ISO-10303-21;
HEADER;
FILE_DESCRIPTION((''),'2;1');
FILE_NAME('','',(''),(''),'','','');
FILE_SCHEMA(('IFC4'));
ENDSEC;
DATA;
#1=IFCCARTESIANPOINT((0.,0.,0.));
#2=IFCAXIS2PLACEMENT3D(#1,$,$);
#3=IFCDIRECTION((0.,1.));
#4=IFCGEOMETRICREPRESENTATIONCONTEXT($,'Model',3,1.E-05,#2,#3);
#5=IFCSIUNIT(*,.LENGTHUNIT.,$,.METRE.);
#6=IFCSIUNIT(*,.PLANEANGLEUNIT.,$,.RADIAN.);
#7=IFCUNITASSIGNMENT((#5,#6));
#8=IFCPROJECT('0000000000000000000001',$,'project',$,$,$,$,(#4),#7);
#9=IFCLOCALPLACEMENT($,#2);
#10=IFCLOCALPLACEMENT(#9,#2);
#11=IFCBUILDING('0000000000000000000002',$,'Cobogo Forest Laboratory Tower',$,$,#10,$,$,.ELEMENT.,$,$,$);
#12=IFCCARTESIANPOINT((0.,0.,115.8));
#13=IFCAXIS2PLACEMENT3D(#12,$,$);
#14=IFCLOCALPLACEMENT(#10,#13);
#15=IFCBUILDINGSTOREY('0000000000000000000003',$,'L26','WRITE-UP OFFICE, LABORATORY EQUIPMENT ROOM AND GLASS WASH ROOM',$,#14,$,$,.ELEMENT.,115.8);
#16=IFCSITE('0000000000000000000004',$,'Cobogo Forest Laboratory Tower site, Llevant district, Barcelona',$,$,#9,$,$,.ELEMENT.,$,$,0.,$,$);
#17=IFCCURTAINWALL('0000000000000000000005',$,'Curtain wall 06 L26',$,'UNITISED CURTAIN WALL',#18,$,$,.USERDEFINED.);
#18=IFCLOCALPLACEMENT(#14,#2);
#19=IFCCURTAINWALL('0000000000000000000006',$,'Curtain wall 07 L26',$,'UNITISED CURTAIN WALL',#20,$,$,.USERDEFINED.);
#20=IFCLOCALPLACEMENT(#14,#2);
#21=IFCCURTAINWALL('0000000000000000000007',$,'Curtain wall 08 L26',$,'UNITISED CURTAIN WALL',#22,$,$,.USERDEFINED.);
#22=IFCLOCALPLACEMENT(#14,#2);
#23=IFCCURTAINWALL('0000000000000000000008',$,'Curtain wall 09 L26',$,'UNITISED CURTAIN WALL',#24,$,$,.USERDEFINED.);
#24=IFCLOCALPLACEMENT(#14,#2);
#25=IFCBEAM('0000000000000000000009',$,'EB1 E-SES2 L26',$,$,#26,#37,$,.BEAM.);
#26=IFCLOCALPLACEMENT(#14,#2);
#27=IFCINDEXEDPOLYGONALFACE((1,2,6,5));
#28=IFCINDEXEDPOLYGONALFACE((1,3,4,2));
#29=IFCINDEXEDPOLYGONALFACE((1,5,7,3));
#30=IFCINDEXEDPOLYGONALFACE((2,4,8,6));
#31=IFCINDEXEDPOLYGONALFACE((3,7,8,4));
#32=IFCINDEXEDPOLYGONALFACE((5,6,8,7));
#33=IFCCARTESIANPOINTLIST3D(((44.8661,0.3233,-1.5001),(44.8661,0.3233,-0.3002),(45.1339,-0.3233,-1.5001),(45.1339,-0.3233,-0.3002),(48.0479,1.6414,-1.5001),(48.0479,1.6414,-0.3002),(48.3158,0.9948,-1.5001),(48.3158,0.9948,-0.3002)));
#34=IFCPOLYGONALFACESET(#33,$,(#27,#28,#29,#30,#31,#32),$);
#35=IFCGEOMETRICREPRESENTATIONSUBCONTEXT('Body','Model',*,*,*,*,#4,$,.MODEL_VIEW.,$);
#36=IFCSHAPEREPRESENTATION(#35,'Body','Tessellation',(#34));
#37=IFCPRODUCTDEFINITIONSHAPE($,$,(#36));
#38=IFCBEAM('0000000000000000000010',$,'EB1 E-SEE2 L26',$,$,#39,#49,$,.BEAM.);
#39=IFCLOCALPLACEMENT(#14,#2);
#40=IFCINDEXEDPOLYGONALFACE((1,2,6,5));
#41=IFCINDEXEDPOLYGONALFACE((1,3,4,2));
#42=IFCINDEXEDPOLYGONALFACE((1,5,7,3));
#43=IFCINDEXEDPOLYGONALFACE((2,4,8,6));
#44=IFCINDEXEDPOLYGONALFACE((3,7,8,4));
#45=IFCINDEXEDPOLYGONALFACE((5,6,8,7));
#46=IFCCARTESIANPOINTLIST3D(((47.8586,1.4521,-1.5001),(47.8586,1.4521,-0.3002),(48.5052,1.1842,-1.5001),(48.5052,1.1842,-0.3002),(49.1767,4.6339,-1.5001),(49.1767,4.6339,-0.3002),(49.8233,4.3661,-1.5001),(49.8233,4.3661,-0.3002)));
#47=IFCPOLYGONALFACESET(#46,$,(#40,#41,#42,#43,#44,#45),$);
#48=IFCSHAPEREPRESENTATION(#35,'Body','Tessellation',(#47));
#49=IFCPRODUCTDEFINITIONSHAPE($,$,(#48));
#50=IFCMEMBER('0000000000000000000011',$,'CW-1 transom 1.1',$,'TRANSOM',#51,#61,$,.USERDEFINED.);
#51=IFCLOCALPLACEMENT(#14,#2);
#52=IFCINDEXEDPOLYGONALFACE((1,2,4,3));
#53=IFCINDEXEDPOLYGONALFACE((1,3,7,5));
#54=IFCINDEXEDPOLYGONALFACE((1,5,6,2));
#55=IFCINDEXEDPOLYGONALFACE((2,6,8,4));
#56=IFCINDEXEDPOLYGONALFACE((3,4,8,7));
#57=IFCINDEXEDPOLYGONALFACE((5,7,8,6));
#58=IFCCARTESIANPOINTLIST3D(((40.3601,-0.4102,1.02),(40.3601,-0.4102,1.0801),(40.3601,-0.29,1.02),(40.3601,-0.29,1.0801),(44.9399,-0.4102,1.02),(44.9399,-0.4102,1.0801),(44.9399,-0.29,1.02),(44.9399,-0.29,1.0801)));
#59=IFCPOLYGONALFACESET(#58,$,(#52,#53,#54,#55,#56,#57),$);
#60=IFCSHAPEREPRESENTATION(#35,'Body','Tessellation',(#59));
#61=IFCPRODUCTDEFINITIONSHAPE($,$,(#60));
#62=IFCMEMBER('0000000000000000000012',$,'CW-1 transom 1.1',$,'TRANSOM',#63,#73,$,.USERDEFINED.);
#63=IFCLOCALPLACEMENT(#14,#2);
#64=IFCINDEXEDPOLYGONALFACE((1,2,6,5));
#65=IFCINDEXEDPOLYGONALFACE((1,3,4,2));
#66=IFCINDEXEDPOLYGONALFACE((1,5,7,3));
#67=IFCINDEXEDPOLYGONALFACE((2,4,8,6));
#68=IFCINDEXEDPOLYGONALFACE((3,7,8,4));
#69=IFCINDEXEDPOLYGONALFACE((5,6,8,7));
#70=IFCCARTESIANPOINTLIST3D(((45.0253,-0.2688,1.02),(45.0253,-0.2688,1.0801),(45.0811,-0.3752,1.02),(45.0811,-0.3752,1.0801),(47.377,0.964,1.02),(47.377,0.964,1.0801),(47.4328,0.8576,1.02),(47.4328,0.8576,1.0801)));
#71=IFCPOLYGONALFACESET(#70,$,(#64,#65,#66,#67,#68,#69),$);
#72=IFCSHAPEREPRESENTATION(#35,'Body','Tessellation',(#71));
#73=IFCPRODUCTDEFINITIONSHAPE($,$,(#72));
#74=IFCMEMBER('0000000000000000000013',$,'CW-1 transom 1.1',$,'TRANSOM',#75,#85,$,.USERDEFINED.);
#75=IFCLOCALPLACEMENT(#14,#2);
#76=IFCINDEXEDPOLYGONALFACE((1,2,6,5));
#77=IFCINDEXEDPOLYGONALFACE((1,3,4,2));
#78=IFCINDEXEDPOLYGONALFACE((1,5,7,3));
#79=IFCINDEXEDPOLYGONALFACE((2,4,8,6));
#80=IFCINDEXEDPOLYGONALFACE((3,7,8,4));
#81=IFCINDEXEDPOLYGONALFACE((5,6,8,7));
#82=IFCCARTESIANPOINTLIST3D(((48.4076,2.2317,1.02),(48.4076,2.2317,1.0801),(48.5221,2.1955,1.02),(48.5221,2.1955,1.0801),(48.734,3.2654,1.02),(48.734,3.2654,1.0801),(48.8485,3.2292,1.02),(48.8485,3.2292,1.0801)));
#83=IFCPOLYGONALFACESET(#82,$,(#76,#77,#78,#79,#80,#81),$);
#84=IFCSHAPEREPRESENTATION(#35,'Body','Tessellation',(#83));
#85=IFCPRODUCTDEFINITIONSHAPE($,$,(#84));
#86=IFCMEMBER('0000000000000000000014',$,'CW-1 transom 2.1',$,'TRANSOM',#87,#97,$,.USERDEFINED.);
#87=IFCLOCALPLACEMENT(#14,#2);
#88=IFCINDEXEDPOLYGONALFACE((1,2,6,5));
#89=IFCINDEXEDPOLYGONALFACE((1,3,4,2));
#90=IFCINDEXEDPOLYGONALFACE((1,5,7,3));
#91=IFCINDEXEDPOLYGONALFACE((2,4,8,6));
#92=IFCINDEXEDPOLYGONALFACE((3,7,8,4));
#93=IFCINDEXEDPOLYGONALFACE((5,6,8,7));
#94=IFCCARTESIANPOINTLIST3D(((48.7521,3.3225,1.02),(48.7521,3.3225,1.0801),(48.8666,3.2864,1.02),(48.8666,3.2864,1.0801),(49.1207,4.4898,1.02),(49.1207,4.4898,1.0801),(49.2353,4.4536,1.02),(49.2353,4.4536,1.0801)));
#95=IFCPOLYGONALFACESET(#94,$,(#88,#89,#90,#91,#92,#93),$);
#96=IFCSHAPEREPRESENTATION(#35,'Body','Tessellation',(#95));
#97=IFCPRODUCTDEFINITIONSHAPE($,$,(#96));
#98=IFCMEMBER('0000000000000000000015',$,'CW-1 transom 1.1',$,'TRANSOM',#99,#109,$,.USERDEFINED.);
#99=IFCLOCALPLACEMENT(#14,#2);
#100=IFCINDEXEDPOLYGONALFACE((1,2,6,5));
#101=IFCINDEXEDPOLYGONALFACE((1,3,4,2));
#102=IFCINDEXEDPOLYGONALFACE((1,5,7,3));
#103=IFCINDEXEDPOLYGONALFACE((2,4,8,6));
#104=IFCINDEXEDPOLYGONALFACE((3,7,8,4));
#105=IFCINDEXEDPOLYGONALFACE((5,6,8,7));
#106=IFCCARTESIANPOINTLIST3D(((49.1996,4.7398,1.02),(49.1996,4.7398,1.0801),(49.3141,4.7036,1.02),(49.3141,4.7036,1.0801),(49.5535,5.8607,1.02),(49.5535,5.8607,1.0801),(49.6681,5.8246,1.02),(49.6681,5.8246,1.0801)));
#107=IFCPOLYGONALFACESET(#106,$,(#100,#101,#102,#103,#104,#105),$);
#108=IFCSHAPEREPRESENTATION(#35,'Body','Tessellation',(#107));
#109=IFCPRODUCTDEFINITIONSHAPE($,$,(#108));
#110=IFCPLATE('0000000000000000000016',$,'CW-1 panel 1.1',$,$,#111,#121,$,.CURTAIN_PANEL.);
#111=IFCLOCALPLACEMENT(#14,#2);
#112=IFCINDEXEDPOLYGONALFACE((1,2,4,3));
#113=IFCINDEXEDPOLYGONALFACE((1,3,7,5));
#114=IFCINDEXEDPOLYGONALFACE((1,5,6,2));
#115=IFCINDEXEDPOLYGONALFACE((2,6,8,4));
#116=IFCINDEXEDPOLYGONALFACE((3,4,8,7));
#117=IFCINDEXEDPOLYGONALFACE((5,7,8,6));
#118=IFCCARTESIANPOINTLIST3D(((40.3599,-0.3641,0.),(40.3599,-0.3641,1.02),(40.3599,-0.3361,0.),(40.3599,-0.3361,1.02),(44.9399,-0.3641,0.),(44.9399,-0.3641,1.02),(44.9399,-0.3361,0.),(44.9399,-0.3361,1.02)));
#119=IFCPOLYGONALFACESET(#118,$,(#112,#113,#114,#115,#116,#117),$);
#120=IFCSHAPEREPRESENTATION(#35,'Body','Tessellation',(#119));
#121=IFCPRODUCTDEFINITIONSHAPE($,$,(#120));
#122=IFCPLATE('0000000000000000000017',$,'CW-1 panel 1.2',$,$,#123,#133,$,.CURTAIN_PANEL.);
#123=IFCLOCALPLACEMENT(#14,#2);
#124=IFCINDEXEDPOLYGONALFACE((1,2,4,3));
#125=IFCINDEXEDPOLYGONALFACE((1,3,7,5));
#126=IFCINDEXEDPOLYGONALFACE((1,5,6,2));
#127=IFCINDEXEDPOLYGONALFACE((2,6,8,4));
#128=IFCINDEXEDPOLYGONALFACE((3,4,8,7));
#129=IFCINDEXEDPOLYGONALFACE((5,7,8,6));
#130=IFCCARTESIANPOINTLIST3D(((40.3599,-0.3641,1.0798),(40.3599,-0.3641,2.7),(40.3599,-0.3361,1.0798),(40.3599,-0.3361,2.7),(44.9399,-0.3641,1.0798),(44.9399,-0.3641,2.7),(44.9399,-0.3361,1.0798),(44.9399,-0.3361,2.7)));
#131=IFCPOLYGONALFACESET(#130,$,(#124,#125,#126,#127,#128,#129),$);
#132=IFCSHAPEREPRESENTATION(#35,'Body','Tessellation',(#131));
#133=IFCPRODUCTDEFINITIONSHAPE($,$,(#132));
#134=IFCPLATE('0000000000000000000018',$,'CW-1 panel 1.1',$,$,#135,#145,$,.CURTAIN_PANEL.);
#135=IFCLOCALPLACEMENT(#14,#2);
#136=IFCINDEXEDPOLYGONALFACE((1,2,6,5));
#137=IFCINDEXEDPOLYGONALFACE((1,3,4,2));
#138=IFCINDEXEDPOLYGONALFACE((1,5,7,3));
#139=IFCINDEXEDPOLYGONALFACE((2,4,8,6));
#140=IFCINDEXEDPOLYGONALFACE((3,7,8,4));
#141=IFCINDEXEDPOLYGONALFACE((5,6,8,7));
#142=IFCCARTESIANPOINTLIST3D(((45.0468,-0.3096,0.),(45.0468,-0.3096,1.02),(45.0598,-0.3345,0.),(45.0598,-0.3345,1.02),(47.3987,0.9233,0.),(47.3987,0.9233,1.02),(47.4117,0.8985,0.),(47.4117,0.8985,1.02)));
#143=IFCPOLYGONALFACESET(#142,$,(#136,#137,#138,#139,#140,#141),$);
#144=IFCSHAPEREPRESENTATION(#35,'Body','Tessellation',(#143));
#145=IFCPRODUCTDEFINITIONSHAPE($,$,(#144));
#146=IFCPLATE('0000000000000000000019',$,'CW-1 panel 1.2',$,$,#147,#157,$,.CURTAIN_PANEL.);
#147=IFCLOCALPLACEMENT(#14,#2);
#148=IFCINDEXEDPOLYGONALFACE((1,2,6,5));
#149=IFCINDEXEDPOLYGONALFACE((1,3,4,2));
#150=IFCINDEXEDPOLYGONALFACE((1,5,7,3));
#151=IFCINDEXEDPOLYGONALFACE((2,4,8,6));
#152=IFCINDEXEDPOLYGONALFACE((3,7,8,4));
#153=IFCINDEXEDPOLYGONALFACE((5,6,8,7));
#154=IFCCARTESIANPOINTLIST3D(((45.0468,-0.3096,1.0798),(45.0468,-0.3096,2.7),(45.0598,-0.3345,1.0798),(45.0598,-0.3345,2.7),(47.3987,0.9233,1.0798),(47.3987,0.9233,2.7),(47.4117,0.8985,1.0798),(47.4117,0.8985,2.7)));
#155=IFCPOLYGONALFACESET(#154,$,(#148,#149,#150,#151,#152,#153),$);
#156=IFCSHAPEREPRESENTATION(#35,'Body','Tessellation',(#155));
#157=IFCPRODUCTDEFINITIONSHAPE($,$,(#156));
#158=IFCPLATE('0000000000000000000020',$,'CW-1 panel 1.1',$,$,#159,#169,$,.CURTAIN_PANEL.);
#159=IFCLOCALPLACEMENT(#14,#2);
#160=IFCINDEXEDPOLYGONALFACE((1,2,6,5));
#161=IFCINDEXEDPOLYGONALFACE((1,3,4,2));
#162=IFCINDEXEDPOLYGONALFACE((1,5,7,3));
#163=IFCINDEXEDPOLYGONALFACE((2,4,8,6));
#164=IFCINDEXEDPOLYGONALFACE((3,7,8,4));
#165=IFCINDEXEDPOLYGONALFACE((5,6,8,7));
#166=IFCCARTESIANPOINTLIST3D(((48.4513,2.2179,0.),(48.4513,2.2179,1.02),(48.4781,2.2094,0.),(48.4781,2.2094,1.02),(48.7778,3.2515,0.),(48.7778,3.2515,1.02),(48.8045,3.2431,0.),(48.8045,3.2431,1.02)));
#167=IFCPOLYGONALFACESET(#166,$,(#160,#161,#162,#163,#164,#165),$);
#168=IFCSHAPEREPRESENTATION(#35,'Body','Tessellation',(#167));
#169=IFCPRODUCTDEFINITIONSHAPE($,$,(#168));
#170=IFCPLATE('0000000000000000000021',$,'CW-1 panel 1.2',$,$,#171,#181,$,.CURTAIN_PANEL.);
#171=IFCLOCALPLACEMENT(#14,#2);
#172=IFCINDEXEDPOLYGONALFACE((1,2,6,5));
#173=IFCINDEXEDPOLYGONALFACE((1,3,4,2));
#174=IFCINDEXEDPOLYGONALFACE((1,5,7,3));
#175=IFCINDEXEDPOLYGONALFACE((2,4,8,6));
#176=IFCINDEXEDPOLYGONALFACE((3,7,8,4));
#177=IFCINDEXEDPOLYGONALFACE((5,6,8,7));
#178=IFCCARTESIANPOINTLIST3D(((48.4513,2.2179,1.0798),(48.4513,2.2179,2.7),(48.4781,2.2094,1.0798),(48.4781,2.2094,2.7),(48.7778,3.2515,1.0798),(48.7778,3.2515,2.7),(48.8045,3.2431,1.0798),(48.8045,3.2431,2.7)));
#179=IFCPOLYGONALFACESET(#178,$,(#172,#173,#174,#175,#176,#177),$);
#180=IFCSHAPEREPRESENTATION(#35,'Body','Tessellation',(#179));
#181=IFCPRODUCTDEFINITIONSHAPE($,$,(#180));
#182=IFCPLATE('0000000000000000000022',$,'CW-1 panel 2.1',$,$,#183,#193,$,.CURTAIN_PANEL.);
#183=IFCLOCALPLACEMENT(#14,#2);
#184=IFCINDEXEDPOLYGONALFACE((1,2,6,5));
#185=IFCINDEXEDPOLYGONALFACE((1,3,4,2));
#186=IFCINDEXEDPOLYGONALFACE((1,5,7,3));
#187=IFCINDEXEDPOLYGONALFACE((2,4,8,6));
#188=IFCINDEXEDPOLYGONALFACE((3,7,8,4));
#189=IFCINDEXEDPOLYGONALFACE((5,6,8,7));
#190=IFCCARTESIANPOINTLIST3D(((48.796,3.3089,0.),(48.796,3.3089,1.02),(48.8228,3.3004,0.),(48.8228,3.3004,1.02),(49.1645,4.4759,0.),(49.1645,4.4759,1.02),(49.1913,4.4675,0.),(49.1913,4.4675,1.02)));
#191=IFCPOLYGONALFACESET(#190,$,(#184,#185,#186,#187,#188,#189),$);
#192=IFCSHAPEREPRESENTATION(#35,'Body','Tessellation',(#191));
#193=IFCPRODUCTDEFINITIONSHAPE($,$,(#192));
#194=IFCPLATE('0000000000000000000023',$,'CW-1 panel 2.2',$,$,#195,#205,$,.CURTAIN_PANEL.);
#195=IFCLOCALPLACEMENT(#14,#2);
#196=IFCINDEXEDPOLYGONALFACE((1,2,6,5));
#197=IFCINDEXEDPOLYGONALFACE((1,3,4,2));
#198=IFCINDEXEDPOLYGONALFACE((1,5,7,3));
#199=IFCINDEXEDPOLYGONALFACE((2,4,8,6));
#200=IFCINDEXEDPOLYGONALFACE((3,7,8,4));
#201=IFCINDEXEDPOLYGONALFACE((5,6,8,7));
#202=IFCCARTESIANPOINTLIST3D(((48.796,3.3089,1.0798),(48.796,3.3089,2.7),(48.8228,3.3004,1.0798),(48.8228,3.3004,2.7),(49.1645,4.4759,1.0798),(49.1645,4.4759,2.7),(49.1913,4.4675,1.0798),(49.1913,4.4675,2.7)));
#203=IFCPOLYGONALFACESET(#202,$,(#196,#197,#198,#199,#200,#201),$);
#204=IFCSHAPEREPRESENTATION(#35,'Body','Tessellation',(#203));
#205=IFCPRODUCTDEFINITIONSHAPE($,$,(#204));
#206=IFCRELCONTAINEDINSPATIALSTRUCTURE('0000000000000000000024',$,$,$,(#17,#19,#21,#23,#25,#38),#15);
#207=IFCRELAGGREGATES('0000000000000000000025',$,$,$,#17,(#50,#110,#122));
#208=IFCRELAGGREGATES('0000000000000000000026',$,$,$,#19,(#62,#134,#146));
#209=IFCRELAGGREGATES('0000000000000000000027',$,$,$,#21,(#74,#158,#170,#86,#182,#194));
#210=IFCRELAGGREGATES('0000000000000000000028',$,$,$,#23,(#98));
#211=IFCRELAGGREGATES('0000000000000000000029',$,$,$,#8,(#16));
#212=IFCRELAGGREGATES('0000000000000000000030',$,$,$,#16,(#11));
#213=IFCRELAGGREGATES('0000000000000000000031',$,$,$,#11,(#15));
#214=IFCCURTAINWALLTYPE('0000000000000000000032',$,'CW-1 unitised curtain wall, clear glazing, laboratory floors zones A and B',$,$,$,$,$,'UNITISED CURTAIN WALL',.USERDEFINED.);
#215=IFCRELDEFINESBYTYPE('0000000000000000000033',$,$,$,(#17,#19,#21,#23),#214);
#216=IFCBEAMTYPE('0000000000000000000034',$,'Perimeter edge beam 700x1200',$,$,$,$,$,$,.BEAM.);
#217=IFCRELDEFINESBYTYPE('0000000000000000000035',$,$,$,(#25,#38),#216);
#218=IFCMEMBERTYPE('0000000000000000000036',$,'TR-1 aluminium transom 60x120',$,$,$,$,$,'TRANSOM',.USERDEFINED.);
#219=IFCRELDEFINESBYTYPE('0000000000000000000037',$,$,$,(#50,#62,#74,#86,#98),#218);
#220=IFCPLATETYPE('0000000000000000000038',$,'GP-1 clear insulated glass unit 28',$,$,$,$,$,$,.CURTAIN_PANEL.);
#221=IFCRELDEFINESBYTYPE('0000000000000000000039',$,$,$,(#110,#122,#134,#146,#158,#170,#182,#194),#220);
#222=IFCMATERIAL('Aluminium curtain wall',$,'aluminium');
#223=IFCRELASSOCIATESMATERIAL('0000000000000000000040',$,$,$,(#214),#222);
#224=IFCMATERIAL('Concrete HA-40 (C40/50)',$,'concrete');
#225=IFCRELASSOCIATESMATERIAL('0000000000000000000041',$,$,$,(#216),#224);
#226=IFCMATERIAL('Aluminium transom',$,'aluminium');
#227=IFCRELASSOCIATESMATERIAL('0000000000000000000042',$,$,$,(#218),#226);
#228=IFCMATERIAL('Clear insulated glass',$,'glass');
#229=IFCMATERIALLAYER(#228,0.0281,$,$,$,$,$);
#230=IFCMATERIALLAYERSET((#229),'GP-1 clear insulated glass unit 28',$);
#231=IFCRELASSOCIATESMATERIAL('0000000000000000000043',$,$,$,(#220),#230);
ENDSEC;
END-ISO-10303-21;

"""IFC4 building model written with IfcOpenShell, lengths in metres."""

from ifc_helpers import new_model, si_unit, direction, frame, origin, origin_2d, place, context, subcontext, project, spatial, rectangle, extrude, material, layer, layer_set, material_profile, profile_set, type_object, element, aggregate, save


model = new_model("IFC4")

# Units and contexts
model_context = context("Model", 3, precision=1e-05, world=origin(), true_north=direction((0.0, 1.0)))
body_context = subcontext(model_context, "Body", "Model", "MODEL_VIEW")
ifc_project = project(units=[si_unit("LENGTHUNIT", "METRE"), si_unit("PLANEANGLEUNIT", "RADIAN")], contexts=[model_context])

# Site, building, storey
site_placement = place(None, origin())
site = spatial("IfcSite", under=ifc_project, at=site_placement, Name="Cobogo Forest Laboratory Tower site, Llevant district, Barcelona", CompositionType="ELEMENT", RefElevation=0.0)
building_placement = place(site_placement, origin())
building = spatial("IfcBuilding", under=site, at=building_placement, Name="Cobogo Forest Laboratory Tower", CompositionType="ELEMENT")
storey_placement = place(building_placement, frame((0.0, 0.0, 115.8)))
storey = spatial("IfcBuildingStorey", under=building, at=storey_placement, Name="L26", Description="WRITE-UP OFFICE, LABORATORY EQUIPMENT ROOM AND GLASS WASH ROOM", CompositionType="ELEMENT", Elevation=115.8)

# Shared definitions
ifc_material_1 = material(Name="Concrete HA-40 (C40/50)", Category="concrete")

# Curtain walls
ifc_material_2 = material(Name="Aluminium curtain wall", Category="aluminium")
curtain_wall_type = type_object("IfcCurtainWallType", Name="CW-1 unitised curtain wall, clear glazing, laboratory floors zones A and B", ElementType="UNITISED CURTAIN WALL", PredefinedType="USERDEFINED", material=ifc_material_2)
curtain_wall_1_placement = place(storey_placement, origin())
curtain_wall_1 = element("IfcCurtainWall", 1, at=curtain_wall_1_placement, inside=storey, type_object=curtain_wall_type, Name="Curtain wall 06 L26", ObjectType="UNITISED CURTAIN WALL", PredefinedType="USERDEFINED")
curtain_wall_2_placement = place(storey_placement, origin())
curtain_wall_2 = element("IfcCurtainWall", 2, at=curtain_wall_2_placement, inside=storey, type_object=curtain_wall_type, Name="Curtain wall 07 L26", ObjectType="UNITISED CURTAIN WALL", PredefinedType="USERDEFINED")
curtain_wall_3_placement = place(storey_placement, origin())
curtain_wall_3 = element("IfcCurtainWall", 3, at=curtain_wall_3_placement, inside=storey, type_object=curtain_wall_type, Name="Curtain wall 08 L26", ObjectType="UNITISED CURTAIN WALL", PredefinedType="USERDEFINED")
curtain_wall_4_placement = place(storey_placement, origin())
curtain_wall_4 = element("IfcCurtainWall", 4, at=curtain_wall_4_placement, inside=storey, type_object=curtain_wall_type, Name="Curtain wall 09 L26", ObjectType="UNITISED CURTAIN WALL", PredefinedType="USERDEFINED")

# Beams
ifc_material_profile_1 = material_profile(ifc_material_1, rectangle(XDim=0.7, YDim=1.2, at=origin_2d()), Name="RC 700x1200")
ifc_profile_set_1 = profile_set([ifc_material_profile_1], Name="Concrete HA-40 (C40/50)")
beam_type_1 = type_object("IfcBeamType", Name="Perimeter edge beam 700x1200", PredefinedType="BEAM", material=ifc_profile_set_1)
for number, where, z_axis, x_axis, name in (
    (5, (45.0, 0.0, -0.9001), (0.923866, 0.382717, 0.0), (-0.382717, 0.923866, 0.0), "EB1 E-SES2 L26"),
    (6, (49.5, 4.5, -0.9001), (-0.382717, -0.923866, 0.0), (0.923866, -0.382717, 0.0), "EB1 E-SEE2 L26"),
):
    element("IfcBeam", number, at=place(storey_placement, frame(where, z_axis=z_axis, x_axis=x_axis)), inside=storey, type_object=beam_type_1, Name=name, PredefinedType="BEAM", context=body_context, shape_type="SweptSolid", body=[
        extrude(rectangle(XDim=0.7, YDim=1.2, at=origin_2d()), origin(), (0.0, 0.0, 1.0), 3.4441),
    ])

# Members
ifc_material_3 = material(Name="Aluminium transom", Category="aluminium")
ifc_material_profile_2 = material_profile(ifc_material_3, rectangle(XDim=0.1201, YDim=0.0601, at=origin_2d()), Name="AL 60x120")
ifc_profile_set_2 = profile_set([ifc_material_profile_2], Name="Aluminium transom")
member_type_1 = type_object("IfcMemberType", Name="TR-1 aluminium transom 60x120", ElementType="TRANSOM", PredefinedType="USERDEFINED", material=ifc_profile_set_2)
member_1_placement = place(storey_placement, frame((40.3601, -0.3501, 1.05), z_axis=(1.0, 0.0, 0.0), x_axis=(0.0, 1.0, 0.0)))
member_1 = element("IfcMember", 7, at=member_1_placement, type_object=member_type_1, Name="CW-1 transom 1.1", ObjectType="TRANSOM", PredefinedType="USERDEFINED", context=body_context, shape_type="SweptSolid", body=[
    extrude(rectangle(XDim=0.1201, YDim=0.0601, at=origin_2d()), origin(), (0.0, 0.0, 1.0), 4.5798),
])
member_2_placement = place(storey_placement, frame((45.0532, -0.322, 1.05), z_axis=(0.885675, 0.464306, 0.0), x_axis=(-0.464306, 0.885675, 0.0)))
member_2 = element("IfcMember", 8, at=member_2_placement, type_object=member_type_1, Name="CW-1 transom 1.1", ObjectType="TRANSOM", PredefinedType="USERDEFINED", context=body_context, shape_type="SweptSolid", body=[
    extrude(rectangle(XDim=0.1201, YDim=0.0601, at=origin_2d()), origin(), (0.0, 0.0, 1.0), 2.6553),
])
member_3_placement = place(storey_placement, frame((48.4648, 2.2136, 1.05), z_axis=(0.301121, 0.953586, 0.0), x_axis=(-0.953586, 0.301121, 0.0)))
member_3 = element("IfcMember", 9, at=member_3_placement, type_object=member_type_1, Name="CW-1 transom 1.1", ObjectType="TRANSOM", PredefinedType="USERDEFINED", context=body_context, shape_type="SweptSolid", body=[
    extrude(rectangle(XDim=0.1201, YDim=0.0601, at=origin_2d()), origin(), (0.0, 0.0, 1.0), 1.084),
])
member_4_placement = place(storey_placement, frame((48.8093, 3.3044, 1.05), z_axis=(0.30117, 0.953571, 0.0), x_axis=(-0.953571, 0.30117, 0.0)))
member_4 = element("IfcMember", 10, at=member_4_placement, type_object=member_type_1, Name="CW-1 transom 2.1", ObjectType="TRANSOM", PredefinedType="USERDEFINED", context=body_context, shape_type="SweptSolid", body=[
    extrude(rectangle(XDim=0.1201, YDim=0.0601, at=origin_2d()), origin(), (0.0, 0.0, 1.0), 1.2241),
])
member_5_placement = place(storey_placement, frame((49.2568, 4.7217, 1.05), z_axis=(0.301111, 0.953589, 0.0), x_axis=(-0.953589, 0.301111, 0.0)))
member_5 = element("IfcMember", 11, at=member_5_placement, type_object=member_type_1, Name="CW-1 transom 1.1", ObjectType="TRANSOM", PredefinedType="USERDEFINED", context=body_context, shape_type="SweptSolid", body=[
    extrude(rectangle(XDim=0.1201, YDim=0.0601, at=origin_2d()), origin(), (0.0, 0.0, 1.0), 1.1755),
])

# Plates
ifc_material_4 = material(Name="Clear insulated glass", Category="glass")
ifc_layer = layer(ifc_material_4, 0.0281)
ifc_layer_set = layer_set([ifc_layer], Name="GP-1 clear insulated glass unit 28")
plate_type = type_object("IfcPlateType", Name="GP-1 clear insulated glass unit 28", PredefinedType="CURTAIN_PANEL", material=ifc_layer_set)
plate_1_placement = place(storey_placement, frame((42.6499, -0.3501, 0.0), z_axis=(0.0, 0.0, 1.0), x_axis=(1.0, 0.0, 0.0)))
plate_1 = element("IfcPlate", 12, at=plate_1_placement, type_object=plate_type, Name="CW-1 panel 1.1", PredefinedType="CURTAIN_PANEL", context=body_context, shape_type="SweptSolid", body=[
    extrude(rectangle(XDim=4.5801, YDim=0.0281, at=origin_2d()), origin(), (0.0, 0.0, 1.0), 1.02),
])
plate_2_placement = place(storey_placement, frame((42.6499, -0.3501, 1.0798), z_axis=(0.0, 0.0, 1.0), x_axis=(1.0, 0.0, 0.0)))
plate_2 = element("IfcPlate", 13, at=plate_2_placement, type_object=plate_type, Name="CW-1 panel 1.2", PredefinedType="CURTAIN_PANEL", context=body_context, shape_type="SweptSolid", body=[
    extrude(rectangle(XDim=4.5801, YDim=0.0281, at=origin_2d()), origin(), (0.0, 0.0, 1.0), 1.6201),
])
aggregate(curtain_wall_1, [member_1, plate_1, plate_2])
plate_3_placement = place(storey_placement, frame((46.2292, 0.2944, 0.0), z_axis=(0.0, 0.0, 1.0), x_axis=(0.885687, 0.464284, 0.0)))
plate_3 = element("IfcPlate", 14, at=plate_3_placement, type_object=plate_type, Name="CW-1 panel 1.1", PredefinedType="CURTAIN_PANEL", context=body_context, shape_type="SweptSolid", body=[
    extrude(rectangle(XDim=2.6555, YDim=0.0281, at=origin_2d()), origin(), (0.0, 0.0, 1.0), 1.02),
])
plate_4_placement = place(storey_placement, frame((46.2292, 0.2944, 1.0798), z_axis=(0.0, 0.0, 1.0), x_axis=(0.885687, 0.464284, 0.0)))
plate_4 = element("IfcPlate", 15, at=plate_4_placement, type_object=plate_type, Name="CW-1 panel 1.2", PredefinedType="CURTAIN_PANEL", context=body_context, shape_type="SweptSolid", body=[
    extrude(rectangle(XDim=2.6555, YDim=0.0281, at=origin_2d()), origin(), (0.0, 0.0, 1.0), 1.6201),
])
aggregate(curtain_wall_2, [member_2, plate_3, plate_4])
plate_5_placement = place(storey_placement, frame((48.6279, 2.7305, 0.0), z_axis=(0.0, 0.0, 1.0), x_axis=(0.301135, 0.953581, 0.0)))
plate_5 = element("IfcPlate", 16, at=plate_5_placement, type_object=plate_type, Name="CW-1 panel 1.1", PredefinedType="CURTAIN_PANEL", context=body_context, shape_type="SweptSolid", body=[
    extrude(rectangle(XDim=1.084, YDim=0.0281, at=origin_2d()), origin(), (0.0, 0.0, 1.0), 1.02),
])
plate_6_placement = place(storey_placement, frame((48.6279, 2.7305, 1.0798), z_axis=(0.0, 0.0, 1.0), x_axis=(0.301135, 0.953581, 0.0)))
plate_6 = element("IfcPlate", 17, at=plate_6_placement, type_object=plate_type, Name="CW-1 panel 1.2", PredefinedType="CURTAIN_PANEL", context=body_context, shape_type="SweptSolid", body=[
    extrude(rectangle(XDim=1.084, YDim=0.0281, at=origin_2d()), origin(), (0.0, 0.0, 1.0), 1.6201),
])
plate_7_placement = place(storey_placement, frame((48.9937, 3.8882, 0.0), z_axis=(0.0, 0.0, 1.0), x_axis=(0.301135, 0.953581, 0.0)))
plate_7 = element("IfcPlate", 18, at=plate_7_placement, type_object=plate_type, Name="CW-1 panel 2.1", PredefinedType="CURTAIN_PANEL", context=body_context, shape_type="SweptSolid", body=[
    extrude(rectangle(XDim=1.2239, YDim=0.0281, at=origin_2d()), origin(), (0.0, 0.0, 1.0), 1.02),
])
plate_8_placement = place(storey_placement, frame((48.9937, 3.8882, 1.0798), z_axis=(0.0, 0.0, 1.0), x_axis=(0.301135, 0.953581, 0.0)))
plate_8 = element("IfcPlate", 19, at=plate_8_placement, type_object=plate_type, Name="CW-1 panel 2.2", PredefinedType="CURTAIN_PANEL", context=body_context, shape_type="SweptSolid", body=[
    extrude(rectangle(XDim=1.2239, YDim=0.0281, at=origin_2d()), origin(), (0.0, 0.0, 1.0), 1.6201),
])
aggregate(curtain_wall_3, [member_3, plate_5, plate_6, member_4, plate_7, plate_8])
aggregate(curtain_wall_4, [member_5])

save(model, "model.ifc")
